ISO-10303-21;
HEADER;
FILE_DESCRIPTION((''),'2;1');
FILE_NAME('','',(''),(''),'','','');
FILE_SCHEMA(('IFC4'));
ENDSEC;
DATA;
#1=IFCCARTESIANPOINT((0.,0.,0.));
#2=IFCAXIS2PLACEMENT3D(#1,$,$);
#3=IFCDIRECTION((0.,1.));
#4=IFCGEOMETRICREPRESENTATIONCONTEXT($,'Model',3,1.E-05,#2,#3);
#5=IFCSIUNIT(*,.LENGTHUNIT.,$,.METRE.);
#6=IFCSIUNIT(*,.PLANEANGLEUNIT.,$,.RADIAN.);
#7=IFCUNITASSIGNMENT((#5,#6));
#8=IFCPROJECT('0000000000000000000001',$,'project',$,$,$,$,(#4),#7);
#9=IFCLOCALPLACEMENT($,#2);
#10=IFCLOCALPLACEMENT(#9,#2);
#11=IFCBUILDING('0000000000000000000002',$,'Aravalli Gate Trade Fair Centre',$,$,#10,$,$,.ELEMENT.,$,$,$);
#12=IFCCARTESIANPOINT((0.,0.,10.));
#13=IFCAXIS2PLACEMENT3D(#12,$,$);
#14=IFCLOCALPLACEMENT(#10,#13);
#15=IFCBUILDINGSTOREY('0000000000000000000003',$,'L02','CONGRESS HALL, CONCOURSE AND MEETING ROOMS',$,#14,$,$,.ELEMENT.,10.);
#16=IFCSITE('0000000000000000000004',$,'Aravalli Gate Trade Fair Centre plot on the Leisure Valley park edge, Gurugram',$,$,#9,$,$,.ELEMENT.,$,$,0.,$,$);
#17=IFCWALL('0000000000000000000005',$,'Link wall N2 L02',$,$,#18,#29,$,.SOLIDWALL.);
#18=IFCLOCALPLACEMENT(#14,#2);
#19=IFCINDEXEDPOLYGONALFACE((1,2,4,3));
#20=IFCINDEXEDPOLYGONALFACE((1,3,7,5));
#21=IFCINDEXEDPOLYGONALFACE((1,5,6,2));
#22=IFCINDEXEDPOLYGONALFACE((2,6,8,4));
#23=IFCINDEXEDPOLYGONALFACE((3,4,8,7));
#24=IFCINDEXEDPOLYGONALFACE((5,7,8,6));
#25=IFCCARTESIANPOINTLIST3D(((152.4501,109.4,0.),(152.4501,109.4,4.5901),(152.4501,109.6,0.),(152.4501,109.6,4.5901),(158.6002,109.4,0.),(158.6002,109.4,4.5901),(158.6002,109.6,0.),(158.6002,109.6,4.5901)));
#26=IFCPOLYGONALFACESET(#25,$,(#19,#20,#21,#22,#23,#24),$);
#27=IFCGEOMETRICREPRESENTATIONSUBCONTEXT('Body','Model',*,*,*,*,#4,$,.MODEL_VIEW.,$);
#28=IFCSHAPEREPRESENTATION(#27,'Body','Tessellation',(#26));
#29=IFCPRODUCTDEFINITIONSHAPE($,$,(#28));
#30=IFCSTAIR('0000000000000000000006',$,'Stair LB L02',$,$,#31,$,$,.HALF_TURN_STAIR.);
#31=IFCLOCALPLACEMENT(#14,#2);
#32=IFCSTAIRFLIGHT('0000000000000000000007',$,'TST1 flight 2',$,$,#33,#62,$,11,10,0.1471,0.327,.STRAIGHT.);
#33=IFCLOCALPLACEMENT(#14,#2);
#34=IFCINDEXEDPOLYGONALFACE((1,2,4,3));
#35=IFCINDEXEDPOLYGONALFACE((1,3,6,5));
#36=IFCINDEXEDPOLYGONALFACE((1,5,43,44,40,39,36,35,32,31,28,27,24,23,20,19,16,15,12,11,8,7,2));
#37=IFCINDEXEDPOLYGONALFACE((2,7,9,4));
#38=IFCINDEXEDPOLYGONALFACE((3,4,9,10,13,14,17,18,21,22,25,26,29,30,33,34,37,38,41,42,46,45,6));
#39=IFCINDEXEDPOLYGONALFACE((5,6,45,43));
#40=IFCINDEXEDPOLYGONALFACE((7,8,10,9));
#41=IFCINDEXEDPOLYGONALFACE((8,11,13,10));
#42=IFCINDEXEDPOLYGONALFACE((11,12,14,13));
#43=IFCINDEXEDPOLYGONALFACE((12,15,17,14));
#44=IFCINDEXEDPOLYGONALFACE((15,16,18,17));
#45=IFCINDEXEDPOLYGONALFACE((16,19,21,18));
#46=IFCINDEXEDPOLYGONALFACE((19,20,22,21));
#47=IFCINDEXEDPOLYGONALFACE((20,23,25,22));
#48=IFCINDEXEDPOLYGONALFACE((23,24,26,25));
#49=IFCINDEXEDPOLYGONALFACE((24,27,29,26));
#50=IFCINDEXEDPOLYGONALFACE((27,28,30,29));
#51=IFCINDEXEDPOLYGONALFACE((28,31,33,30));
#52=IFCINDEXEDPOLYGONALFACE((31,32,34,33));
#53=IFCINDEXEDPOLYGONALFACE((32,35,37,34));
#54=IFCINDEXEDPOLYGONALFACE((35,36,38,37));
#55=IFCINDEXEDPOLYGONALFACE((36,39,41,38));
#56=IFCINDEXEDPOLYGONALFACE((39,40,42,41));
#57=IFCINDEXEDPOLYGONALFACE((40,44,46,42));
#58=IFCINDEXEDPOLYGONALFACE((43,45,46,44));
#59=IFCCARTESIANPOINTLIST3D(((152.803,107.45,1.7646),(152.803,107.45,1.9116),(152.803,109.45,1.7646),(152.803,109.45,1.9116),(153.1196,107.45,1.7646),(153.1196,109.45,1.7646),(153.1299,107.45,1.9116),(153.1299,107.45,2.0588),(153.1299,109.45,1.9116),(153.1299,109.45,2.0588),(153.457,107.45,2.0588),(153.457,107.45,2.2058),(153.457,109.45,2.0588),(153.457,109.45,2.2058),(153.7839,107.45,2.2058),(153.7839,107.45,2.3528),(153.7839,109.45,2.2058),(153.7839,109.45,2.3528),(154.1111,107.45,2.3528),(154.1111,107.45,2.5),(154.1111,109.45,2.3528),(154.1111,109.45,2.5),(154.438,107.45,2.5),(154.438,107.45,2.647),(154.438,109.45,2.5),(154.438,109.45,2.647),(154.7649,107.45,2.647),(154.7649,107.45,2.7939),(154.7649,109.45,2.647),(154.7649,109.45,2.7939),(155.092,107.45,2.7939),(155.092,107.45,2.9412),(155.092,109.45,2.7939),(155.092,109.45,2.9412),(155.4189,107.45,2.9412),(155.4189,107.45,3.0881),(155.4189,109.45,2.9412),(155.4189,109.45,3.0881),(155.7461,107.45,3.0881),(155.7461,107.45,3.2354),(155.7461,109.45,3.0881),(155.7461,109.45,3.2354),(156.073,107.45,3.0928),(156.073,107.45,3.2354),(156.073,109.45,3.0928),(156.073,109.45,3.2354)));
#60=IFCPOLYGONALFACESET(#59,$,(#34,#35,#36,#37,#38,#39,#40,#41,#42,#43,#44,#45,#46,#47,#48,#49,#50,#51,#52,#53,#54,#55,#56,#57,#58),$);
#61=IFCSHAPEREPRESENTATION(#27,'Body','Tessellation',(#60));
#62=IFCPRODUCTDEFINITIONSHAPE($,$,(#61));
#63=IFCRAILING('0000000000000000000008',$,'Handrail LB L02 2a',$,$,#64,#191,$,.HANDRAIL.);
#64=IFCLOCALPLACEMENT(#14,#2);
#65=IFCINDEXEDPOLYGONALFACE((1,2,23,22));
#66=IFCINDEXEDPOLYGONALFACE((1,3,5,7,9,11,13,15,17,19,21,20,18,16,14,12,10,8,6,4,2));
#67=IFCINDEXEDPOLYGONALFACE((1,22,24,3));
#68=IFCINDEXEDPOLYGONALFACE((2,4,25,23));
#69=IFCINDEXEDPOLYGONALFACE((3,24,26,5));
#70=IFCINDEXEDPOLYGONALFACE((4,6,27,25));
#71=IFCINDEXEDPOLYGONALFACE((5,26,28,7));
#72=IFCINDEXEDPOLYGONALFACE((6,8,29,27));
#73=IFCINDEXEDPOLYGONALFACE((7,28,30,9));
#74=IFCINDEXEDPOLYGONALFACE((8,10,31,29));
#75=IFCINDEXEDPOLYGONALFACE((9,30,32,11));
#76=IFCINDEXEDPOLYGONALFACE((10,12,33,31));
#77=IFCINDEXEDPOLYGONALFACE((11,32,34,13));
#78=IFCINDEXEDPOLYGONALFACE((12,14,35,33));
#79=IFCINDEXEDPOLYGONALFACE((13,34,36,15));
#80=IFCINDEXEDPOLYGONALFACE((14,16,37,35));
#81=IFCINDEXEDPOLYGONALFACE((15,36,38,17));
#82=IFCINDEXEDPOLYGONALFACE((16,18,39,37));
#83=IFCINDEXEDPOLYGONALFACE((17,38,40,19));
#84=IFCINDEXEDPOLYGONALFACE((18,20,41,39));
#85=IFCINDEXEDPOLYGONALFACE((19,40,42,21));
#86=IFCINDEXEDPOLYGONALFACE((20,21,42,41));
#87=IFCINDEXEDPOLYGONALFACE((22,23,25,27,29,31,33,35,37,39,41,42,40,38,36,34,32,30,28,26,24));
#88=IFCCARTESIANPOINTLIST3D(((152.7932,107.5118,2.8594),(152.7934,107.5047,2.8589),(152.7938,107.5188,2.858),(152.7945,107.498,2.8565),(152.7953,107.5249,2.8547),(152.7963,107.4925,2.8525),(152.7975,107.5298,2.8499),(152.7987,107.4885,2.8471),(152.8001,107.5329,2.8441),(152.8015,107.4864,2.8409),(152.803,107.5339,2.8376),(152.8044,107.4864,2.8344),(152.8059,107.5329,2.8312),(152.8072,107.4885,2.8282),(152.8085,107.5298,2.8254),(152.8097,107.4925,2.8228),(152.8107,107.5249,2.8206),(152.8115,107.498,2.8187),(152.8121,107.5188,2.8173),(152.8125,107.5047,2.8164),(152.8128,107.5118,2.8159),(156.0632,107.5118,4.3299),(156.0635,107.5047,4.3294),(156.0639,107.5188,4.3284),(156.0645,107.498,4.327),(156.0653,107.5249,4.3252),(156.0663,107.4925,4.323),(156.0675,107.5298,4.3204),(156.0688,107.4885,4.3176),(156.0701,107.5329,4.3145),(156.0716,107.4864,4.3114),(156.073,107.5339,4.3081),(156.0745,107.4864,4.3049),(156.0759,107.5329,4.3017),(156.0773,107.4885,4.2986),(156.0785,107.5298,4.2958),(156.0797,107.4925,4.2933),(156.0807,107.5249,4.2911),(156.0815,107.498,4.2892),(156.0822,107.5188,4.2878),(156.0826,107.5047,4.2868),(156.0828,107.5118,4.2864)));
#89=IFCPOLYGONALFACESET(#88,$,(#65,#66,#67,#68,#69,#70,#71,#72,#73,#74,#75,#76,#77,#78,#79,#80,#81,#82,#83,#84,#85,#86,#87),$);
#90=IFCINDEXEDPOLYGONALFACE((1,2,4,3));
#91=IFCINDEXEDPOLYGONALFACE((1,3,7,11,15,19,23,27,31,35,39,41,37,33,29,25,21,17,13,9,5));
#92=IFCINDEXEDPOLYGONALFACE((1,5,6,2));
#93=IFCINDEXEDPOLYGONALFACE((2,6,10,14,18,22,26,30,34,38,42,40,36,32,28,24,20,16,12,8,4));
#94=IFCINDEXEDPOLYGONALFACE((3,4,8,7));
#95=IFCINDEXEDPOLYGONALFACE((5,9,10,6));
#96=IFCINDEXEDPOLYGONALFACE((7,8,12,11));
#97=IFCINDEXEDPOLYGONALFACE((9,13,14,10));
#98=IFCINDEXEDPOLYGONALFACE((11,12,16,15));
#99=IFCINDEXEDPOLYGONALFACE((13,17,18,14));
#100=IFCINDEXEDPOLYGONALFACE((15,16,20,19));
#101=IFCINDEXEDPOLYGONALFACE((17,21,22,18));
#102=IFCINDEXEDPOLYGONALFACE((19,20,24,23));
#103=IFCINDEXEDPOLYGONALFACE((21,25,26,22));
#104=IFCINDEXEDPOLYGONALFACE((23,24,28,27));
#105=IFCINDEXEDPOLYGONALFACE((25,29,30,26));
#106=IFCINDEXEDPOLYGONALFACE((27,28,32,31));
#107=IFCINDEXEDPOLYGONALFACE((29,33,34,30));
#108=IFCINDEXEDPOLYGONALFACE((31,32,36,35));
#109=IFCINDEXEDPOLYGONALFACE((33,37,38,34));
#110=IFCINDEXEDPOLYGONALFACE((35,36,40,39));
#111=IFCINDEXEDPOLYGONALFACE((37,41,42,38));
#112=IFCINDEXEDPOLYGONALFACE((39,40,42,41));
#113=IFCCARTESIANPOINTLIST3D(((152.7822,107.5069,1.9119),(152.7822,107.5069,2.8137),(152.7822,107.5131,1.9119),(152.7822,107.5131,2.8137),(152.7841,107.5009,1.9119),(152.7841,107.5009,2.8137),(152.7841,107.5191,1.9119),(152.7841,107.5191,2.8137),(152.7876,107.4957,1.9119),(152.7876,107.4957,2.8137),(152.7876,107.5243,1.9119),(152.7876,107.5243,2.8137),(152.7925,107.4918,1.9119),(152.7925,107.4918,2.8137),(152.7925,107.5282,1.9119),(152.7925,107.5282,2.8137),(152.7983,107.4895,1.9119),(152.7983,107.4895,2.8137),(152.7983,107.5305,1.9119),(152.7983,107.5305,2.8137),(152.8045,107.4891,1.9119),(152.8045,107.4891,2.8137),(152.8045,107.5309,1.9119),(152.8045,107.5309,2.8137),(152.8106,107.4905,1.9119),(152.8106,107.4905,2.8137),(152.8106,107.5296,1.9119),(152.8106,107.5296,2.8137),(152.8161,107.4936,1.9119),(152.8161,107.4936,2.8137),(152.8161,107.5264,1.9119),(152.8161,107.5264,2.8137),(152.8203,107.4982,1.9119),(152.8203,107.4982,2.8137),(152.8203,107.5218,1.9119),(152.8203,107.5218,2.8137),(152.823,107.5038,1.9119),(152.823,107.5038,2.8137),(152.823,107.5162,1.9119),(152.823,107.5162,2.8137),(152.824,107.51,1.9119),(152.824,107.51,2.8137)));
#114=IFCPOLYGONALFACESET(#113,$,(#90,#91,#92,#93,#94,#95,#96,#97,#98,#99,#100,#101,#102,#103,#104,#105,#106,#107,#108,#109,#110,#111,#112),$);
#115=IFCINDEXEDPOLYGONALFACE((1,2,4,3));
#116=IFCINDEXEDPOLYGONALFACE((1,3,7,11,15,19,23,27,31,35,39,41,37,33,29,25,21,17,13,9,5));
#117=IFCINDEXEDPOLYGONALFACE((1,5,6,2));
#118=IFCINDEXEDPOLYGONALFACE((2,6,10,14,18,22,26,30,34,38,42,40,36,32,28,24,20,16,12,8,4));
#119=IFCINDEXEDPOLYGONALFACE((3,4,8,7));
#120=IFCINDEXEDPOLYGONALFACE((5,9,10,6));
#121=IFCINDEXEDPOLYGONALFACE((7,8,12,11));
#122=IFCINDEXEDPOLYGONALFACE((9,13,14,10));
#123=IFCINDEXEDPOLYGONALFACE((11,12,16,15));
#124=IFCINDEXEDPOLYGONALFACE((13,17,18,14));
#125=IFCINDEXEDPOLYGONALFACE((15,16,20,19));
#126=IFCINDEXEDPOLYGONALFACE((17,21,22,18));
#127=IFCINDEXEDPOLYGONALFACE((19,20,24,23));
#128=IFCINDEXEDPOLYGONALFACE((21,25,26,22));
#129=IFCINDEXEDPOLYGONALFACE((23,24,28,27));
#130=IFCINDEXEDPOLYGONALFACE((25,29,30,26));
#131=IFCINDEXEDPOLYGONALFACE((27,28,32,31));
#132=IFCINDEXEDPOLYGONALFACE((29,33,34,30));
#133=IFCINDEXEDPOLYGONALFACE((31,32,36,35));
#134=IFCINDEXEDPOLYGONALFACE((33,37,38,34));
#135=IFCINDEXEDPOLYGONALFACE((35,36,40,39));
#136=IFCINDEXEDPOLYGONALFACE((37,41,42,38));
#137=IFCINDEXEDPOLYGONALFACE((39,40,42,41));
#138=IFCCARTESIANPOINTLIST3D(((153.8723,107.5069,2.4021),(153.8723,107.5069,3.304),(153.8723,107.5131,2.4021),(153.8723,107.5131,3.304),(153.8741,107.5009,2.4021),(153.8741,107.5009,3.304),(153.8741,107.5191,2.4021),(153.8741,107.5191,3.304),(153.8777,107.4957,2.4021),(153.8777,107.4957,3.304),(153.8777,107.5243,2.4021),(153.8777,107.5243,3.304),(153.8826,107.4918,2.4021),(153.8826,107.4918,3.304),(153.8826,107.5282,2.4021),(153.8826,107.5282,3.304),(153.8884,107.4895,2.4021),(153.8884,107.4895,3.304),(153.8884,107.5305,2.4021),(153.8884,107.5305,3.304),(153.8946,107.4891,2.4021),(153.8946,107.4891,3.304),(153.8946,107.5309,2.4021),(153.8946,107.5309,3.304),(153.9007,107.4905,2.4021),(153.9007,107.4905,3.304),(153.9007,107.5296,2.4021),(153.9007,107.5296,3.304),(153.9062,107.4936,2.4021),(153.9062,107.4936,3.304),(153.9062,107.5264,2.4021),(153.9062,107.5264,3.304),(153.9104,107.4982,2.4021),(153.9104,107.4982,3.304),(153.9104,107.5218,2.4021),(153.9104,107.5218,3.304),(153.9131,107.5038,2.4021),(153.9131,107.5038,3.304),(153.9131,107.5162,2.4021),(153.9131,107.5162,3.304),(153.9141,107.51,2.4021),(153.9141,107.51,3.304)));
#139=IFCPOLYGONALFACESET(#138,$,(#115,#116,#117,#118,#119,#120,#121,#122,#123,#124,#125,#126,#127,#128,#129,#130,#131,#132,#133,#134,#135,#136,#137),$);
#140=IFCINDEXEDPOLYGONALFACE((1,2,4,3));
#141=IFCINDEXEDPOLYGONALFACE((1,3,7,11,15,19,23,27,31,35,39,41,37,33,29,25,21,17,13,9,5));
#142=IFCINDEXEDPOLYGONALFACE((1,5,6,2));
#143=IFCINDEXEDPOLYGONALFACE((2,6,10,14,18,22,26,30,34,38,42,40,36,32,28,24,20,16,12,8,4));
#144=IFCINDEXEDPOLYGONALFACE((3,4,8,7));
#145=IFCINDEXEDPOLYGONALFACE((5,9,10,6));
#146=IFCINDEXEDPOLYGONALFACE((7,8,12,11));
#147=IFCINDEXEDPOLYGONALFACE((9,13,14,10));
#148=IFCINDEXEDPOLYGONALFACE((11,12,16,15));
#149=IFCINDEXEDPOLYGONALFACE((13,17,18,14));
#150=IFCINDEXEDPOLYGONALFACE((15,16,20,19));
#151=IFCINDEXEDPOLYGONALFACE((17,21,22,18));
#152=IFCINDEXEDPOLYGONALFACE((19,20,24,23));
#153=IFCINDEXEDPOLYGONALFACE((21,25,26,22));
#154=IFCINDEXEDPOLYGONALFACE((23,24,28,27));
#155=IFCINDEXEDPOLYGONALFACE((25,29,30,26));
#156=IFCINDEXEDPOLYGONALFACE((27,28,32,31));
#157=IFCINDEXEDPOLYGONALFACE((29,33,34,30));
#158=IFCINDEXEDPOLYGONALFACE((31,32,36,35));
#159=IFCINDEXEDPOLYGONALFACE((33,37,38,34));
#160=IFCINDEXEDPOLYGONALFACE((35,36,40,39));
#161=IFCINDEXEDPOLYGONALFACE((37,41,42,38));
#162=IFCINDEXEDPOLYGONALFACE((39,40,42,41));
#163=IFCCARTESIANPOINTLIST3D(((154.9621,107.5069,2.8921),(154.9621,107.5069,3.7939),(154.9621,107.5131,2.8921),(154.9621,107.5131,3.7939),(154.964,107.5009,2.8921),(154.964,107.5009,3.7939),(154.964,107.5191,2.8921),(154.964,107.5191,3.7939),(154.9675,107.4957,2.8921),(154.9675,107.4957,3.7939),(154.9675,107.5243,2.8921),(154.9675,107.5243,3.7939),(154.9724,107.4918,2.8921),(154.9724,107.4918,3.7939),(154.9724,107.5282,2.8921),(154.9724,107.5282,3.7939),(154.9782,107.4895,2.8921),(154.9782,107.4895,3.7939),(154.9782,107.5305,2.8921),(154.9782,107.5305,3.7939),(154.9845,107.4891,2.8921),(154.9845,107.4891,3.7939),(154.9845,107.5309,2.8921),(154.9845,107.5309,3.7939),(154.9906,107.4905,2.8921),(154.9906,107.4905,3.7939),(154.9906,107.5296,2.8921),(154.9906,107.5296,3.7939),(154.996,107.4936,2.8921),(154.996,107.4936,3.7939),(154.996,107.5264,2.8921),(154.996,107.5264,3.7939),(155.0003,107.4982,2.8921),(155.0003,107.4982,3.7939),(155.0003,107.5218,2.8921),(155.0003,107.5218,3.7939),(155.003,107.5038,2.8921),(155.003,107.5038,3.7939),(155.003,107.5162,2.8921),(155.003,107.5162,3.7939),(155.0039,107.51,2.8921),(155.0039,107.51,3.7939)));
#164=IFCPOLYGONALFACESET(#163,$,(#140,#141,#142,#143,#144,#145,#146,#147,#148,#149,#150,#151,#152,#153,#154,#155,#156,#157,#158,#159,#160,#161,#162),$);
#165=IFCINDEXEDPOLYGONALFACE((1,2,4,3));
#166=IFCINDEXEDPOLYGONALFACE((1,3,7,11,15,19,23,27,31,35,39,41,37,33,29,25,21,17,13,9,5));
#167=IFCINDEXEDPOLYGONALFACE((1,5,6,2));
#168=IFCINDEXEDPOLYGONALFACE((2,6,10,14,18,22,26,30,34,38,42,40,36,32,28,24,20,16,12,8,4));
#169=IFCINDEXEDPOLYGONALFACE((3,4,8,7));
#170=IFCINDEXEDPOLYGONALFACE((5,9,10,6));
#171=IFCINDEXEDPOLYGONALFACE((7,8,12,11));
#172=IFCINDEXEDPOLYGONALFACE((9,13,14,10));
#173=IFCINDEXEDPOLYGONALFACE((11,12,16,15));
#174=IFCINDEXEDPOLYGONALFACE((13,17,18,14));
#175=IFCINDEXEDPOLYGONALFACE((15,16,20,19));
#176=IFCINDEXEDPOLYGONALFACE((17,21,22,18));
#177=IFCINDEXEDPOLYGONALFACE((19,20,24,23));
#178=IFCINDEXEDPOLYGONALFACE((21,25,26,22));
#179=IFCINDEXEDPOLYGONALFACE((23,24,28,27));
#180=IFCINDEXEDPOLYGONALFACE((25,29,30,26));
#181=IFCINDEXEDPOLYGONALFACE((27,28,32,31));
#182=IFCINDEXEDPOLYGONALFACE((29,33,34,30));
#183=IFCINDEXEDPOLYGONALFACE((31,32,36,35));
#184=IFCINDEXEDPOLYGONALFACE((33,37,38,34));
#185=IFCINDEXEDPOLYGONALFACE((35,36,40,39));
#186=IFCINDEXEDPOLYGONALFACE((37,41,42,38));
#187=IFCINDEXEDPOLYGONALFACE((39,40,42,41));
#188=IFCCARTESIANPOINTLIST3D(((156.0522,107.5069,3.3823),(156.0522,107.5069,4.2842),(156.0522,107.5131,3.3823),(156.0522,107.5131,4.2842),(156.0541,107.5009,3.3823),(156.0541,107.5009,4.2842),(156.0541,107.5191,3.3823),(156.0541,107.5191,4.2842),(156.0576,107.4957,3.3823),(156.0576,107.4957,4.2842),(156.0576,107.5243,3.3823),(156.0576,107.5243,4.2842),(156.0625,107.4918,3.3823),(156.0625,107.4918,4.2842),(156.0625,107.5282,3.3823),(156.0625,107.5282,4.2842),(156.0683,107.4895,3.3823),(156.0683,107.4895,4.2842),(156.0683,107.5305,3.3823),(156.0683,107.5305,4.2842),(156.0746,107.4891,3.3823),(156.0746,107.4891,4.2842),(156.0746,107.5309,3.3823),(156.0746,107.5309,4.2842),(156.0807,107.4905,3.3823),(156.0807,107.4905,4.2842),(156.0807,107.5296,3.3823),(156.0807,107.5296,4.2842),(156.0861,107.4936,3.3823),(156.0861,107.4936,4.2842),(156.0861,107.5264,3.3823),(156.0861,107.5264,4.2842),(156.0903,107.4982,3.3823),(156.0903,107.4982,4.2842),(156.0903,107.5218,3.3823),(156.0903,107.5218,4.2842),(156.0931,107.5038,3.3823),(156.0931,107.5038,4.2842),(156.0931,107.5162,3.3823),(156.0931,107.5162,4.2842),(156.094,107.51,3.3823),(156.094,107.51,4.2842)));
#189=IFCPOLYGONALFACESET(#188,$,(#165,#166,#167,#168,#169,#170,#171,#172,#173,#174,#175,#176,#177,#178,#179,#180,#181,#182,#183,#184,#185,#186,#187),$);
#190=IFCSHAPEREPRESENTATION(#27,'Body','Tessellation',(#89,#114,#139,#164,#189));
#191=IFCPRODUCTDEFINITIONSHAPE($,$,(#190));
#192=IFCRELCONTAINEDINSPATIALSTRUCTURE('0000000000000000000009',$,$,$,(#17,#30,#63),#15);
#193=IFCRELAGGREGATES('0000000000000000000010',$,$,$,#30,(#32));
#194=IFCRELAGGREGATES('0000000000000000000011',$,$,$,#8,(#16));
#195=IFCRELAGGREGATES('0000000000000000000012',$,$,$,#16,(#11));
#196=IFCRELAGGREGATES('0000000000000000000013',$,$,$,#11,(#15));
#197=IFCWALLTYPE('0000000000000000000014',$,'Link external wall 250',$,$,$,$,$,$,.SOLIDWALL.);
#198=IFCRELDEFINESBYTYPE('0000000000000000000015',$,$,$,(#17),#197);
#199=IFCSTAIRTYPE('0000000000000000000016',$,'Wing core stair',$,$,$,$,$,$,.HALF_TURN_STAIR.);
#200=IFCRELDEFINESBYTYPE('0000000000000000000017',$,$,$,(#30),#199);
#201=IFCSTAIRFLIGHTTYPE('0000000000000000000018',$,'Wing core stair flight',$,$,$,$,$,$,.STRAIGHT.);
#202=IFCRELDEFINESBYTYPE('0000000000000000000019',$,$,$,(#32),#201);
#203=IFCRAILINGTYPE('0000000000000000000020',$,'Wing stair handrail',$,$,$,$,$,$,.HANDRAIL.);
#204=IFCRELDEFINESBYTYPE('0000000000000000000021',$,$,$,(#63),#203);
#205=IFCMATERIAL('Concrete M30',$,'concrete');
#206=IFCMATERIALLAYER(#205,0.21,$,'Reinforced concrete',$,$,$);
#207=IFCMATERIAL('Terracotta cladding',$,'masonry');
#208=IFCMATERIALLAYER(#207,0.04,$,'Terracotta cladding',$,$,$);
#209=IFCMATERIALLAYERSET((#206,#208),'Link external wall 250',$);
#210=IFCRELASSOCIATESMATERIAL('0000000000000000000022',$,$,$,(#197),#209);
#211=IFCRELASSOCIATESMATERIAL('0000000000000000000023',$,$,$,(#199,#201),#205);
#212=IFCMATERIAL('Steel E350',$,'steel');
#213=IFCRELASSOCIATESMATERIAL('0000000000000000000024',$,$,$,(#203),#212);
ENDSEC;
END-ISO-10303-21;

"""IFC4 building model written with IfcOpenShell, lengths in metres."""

from ifc_helpers import new_model, si_unit, direction, frame, frame_2d, origin, origin_2d, place, context, subcontext, project, spatial, polyline, rectangle, circle, outline, extrude, material, layer, layer_set, type_object, element, aggregate, save


model = new_model("IFC4")

# Units and contexts
model_context = context("Model", 3, precision=1e-05, world=origin(), true_north=direction((0.0, 1.0)))
body_context = subcontext(model_context, "Body", "Model", "MODEL_VIEW")
ifc_project = project(units=[si_unit("LENGTHUNIT", "METRE"), si_unit("PLANEANGLEUNIT", "RADIAN")], contexts=[model_context])

# Site, building, storey
site_placement = place(None, origin())
site = spatial("IfcSite", under=ifc_project, at=site_placement, Name="Aravalli Gate Trade Fair Centre plot on the Leisure Valley park edge, Gurugram", CompositionType="ELEMENT", RefElevation=0.0)
building_placement = place(site_placement, origin())
building = spatial("IfcBuilding", under=site, at=building_placement, Name="Aravalli Gate Trade Fair Centre", CompositionType="ELEMENT")
storey_placement = place(building_placement, frame((0.0, 0.0, 10.0)))
storey = spatial("IfcBuildingStorey", under=building, at=storey_placement, Name="L02", Description="CONGRESS HALL, CONCOURSE AND MEETING ROOMS", CompositionType="ELEMENT", Elevation=10.0)

# Shared definitions
ifc_material_1 = material(Name="Steel E350", Category="steel")

# Wall
ifc_material_2 = material(Name="Concrete M30", Category="concrete")
ifc_layer_1 = layer(ifc_material_2, 0.21, Name="Reinforced concrete")
ifc_material_3 = material(Name="Terracotta cladding", Category="masonry")
ifc_layer_2 = layer(ifc_material_3, 0.04, Name="Terracotta cladding")
ifc_layer_set_1 = layer_set([ifc_layer_1, ifc_layer_2], Name="Link external wall 250")
wall_type_1 = type_object("IfcWallType", Name="Link external wall 250", PredefinedType="SOLIDWALL", material=ifc_layer_set_1)
wall_1_placement = place(storey_placement, frame((152.45, 109.5, 0.0), z_axis=(0.0, 0.0, 1.0), x_axis=(1.0, 0.0, 0.0)))
element("IfcWall", 1, at=wall_1_placement, inside=storey, type_object=wall_type_1, Name="Link wall N2 L02", PredefinedType="SOLIDWALL", context=body_context, shape_type="SweptSolid", body=[
    extrude(rectangle(XDim=6.1501, YDim=0.2, at=frame_2d((3.0752, 0.0))), origin(), (0.0, 0.0, 1.0), 4.5901),
])

# Stair, stair flight
stair_type = type_object("IfcStairType", Name="Wing core stair", PredefinedType="HALF_TURN_STAIR", material=ifc_material_2)
stair_placement = place(storey_placement, origin())
stair = element("IfcStair", 2, at=stair_placement, inside=storey, type_object=stair_type, Name="Stair LB L02", PredefinedType="HALF_TURN_STAIR")
stair_flight_type = type_object("IfcStairFlightType", Name="Wing core stair flight", PredefinedType="STRAIGHT", material=ifc_material_2)
stair_flight_placement = place(storey_placement, frame((152.803, 108.45, 1.7646), z_axis=(0.0, 0.0, 1.0), x_axis=(1.0, 0.0, 0.0)))
stair_flight = element("IfcStairFlight", 3, at=stair_flight_placement, type_object=stair_flight_type, Name="TST1 flight 2", NumberOfRisers=11, NumberOfTreads=10, PredefinedType="STRAIGHT", RiserHeight=0.1471, TreadLength=0.327, context=body_context, shape_type="SweptSolid", body=[
    extrude(outline(polyline([(0.0, 0.0), (0.0, 0.147), (0.3269, 0.147), (0.3269, 0.2942), (0.6541, 0.2942), (0.6541, 0.4412), (0.981, 0.4412), (0.981, 0.5881), (1.3081, 0.5881), (1.3081, 0.7354), (1.635, 0.7354), (1.635, 0.8823), (1.9619, 0.8823), (1.9619, 1.0293), (2.2891, 1.0293), (2.2891, 1.1765), (2.616, 1.1765), (2.616, 1.3235), (2.9431, 1.3235), (2.9431, 1.4707), (3.27, 1.4707), (3.27, 1.6177), (3.27, 1.3281), (0.3167, 0.0), (0.0, 0.0)])), frame((0.0, 1.0, 0.0), z_axis=(0.0, -1.0, 0.0), x_axis=(1.0, 0.0, 0.0)), (0.0, 0.0, 1.0), 2.0),
])
aggregate(stair, [stair_flight])

# Railing
railing_type_1 = type_object("IfcRailingType", Name="Wing stair handrail", PredefinedType="HANDRAIL", material=ifc_material_1)
railing_1_placement = place(storey_placement, frame((152.803, 107.51, 1.9119)))
element("IfcRailing", 4, at=railing_1_placement, inside=storey, type_object=railing_type_1, Name="Handrail LB L02 2a", PredefinedType="HANDRAIL", context=body_context, shape_type="SweptSolid", body=[
    extrude(circle(Radius=0.0239, at=origin_2d()), frame((0.0, 0.0, 0.9258), z_axis=(0.912031, 0.0, 0.410121), x_axis=(0.0, 1.0, 0.0)), (0.0, 0.0, 1.0), 3.5854),
    extrude(circle(Radius=0.021, at=origin_2d()), origin(), (0.0, 0.0, 1.0), 0.9019),
    extrude(circle(Radius=0.021, at=origin_2d()), frame((1.0901, 0.0, 0.4902)), (0.0, 0.0, 1.0), 0.9019),
    extrude(circle(Radius=0.021, at=origin_2d()), frame((2.1799, 0.0, 0.9802)), (0.0, 0.0, 1.0), 0.9019),
    extrude(circle(Radius=0.021, at=origin_2d()), frame((3.27, 0.0, 1.4705)), (0.0, 0.0, 1.0), 0.9019),
])

save(model, "model.ifc")
